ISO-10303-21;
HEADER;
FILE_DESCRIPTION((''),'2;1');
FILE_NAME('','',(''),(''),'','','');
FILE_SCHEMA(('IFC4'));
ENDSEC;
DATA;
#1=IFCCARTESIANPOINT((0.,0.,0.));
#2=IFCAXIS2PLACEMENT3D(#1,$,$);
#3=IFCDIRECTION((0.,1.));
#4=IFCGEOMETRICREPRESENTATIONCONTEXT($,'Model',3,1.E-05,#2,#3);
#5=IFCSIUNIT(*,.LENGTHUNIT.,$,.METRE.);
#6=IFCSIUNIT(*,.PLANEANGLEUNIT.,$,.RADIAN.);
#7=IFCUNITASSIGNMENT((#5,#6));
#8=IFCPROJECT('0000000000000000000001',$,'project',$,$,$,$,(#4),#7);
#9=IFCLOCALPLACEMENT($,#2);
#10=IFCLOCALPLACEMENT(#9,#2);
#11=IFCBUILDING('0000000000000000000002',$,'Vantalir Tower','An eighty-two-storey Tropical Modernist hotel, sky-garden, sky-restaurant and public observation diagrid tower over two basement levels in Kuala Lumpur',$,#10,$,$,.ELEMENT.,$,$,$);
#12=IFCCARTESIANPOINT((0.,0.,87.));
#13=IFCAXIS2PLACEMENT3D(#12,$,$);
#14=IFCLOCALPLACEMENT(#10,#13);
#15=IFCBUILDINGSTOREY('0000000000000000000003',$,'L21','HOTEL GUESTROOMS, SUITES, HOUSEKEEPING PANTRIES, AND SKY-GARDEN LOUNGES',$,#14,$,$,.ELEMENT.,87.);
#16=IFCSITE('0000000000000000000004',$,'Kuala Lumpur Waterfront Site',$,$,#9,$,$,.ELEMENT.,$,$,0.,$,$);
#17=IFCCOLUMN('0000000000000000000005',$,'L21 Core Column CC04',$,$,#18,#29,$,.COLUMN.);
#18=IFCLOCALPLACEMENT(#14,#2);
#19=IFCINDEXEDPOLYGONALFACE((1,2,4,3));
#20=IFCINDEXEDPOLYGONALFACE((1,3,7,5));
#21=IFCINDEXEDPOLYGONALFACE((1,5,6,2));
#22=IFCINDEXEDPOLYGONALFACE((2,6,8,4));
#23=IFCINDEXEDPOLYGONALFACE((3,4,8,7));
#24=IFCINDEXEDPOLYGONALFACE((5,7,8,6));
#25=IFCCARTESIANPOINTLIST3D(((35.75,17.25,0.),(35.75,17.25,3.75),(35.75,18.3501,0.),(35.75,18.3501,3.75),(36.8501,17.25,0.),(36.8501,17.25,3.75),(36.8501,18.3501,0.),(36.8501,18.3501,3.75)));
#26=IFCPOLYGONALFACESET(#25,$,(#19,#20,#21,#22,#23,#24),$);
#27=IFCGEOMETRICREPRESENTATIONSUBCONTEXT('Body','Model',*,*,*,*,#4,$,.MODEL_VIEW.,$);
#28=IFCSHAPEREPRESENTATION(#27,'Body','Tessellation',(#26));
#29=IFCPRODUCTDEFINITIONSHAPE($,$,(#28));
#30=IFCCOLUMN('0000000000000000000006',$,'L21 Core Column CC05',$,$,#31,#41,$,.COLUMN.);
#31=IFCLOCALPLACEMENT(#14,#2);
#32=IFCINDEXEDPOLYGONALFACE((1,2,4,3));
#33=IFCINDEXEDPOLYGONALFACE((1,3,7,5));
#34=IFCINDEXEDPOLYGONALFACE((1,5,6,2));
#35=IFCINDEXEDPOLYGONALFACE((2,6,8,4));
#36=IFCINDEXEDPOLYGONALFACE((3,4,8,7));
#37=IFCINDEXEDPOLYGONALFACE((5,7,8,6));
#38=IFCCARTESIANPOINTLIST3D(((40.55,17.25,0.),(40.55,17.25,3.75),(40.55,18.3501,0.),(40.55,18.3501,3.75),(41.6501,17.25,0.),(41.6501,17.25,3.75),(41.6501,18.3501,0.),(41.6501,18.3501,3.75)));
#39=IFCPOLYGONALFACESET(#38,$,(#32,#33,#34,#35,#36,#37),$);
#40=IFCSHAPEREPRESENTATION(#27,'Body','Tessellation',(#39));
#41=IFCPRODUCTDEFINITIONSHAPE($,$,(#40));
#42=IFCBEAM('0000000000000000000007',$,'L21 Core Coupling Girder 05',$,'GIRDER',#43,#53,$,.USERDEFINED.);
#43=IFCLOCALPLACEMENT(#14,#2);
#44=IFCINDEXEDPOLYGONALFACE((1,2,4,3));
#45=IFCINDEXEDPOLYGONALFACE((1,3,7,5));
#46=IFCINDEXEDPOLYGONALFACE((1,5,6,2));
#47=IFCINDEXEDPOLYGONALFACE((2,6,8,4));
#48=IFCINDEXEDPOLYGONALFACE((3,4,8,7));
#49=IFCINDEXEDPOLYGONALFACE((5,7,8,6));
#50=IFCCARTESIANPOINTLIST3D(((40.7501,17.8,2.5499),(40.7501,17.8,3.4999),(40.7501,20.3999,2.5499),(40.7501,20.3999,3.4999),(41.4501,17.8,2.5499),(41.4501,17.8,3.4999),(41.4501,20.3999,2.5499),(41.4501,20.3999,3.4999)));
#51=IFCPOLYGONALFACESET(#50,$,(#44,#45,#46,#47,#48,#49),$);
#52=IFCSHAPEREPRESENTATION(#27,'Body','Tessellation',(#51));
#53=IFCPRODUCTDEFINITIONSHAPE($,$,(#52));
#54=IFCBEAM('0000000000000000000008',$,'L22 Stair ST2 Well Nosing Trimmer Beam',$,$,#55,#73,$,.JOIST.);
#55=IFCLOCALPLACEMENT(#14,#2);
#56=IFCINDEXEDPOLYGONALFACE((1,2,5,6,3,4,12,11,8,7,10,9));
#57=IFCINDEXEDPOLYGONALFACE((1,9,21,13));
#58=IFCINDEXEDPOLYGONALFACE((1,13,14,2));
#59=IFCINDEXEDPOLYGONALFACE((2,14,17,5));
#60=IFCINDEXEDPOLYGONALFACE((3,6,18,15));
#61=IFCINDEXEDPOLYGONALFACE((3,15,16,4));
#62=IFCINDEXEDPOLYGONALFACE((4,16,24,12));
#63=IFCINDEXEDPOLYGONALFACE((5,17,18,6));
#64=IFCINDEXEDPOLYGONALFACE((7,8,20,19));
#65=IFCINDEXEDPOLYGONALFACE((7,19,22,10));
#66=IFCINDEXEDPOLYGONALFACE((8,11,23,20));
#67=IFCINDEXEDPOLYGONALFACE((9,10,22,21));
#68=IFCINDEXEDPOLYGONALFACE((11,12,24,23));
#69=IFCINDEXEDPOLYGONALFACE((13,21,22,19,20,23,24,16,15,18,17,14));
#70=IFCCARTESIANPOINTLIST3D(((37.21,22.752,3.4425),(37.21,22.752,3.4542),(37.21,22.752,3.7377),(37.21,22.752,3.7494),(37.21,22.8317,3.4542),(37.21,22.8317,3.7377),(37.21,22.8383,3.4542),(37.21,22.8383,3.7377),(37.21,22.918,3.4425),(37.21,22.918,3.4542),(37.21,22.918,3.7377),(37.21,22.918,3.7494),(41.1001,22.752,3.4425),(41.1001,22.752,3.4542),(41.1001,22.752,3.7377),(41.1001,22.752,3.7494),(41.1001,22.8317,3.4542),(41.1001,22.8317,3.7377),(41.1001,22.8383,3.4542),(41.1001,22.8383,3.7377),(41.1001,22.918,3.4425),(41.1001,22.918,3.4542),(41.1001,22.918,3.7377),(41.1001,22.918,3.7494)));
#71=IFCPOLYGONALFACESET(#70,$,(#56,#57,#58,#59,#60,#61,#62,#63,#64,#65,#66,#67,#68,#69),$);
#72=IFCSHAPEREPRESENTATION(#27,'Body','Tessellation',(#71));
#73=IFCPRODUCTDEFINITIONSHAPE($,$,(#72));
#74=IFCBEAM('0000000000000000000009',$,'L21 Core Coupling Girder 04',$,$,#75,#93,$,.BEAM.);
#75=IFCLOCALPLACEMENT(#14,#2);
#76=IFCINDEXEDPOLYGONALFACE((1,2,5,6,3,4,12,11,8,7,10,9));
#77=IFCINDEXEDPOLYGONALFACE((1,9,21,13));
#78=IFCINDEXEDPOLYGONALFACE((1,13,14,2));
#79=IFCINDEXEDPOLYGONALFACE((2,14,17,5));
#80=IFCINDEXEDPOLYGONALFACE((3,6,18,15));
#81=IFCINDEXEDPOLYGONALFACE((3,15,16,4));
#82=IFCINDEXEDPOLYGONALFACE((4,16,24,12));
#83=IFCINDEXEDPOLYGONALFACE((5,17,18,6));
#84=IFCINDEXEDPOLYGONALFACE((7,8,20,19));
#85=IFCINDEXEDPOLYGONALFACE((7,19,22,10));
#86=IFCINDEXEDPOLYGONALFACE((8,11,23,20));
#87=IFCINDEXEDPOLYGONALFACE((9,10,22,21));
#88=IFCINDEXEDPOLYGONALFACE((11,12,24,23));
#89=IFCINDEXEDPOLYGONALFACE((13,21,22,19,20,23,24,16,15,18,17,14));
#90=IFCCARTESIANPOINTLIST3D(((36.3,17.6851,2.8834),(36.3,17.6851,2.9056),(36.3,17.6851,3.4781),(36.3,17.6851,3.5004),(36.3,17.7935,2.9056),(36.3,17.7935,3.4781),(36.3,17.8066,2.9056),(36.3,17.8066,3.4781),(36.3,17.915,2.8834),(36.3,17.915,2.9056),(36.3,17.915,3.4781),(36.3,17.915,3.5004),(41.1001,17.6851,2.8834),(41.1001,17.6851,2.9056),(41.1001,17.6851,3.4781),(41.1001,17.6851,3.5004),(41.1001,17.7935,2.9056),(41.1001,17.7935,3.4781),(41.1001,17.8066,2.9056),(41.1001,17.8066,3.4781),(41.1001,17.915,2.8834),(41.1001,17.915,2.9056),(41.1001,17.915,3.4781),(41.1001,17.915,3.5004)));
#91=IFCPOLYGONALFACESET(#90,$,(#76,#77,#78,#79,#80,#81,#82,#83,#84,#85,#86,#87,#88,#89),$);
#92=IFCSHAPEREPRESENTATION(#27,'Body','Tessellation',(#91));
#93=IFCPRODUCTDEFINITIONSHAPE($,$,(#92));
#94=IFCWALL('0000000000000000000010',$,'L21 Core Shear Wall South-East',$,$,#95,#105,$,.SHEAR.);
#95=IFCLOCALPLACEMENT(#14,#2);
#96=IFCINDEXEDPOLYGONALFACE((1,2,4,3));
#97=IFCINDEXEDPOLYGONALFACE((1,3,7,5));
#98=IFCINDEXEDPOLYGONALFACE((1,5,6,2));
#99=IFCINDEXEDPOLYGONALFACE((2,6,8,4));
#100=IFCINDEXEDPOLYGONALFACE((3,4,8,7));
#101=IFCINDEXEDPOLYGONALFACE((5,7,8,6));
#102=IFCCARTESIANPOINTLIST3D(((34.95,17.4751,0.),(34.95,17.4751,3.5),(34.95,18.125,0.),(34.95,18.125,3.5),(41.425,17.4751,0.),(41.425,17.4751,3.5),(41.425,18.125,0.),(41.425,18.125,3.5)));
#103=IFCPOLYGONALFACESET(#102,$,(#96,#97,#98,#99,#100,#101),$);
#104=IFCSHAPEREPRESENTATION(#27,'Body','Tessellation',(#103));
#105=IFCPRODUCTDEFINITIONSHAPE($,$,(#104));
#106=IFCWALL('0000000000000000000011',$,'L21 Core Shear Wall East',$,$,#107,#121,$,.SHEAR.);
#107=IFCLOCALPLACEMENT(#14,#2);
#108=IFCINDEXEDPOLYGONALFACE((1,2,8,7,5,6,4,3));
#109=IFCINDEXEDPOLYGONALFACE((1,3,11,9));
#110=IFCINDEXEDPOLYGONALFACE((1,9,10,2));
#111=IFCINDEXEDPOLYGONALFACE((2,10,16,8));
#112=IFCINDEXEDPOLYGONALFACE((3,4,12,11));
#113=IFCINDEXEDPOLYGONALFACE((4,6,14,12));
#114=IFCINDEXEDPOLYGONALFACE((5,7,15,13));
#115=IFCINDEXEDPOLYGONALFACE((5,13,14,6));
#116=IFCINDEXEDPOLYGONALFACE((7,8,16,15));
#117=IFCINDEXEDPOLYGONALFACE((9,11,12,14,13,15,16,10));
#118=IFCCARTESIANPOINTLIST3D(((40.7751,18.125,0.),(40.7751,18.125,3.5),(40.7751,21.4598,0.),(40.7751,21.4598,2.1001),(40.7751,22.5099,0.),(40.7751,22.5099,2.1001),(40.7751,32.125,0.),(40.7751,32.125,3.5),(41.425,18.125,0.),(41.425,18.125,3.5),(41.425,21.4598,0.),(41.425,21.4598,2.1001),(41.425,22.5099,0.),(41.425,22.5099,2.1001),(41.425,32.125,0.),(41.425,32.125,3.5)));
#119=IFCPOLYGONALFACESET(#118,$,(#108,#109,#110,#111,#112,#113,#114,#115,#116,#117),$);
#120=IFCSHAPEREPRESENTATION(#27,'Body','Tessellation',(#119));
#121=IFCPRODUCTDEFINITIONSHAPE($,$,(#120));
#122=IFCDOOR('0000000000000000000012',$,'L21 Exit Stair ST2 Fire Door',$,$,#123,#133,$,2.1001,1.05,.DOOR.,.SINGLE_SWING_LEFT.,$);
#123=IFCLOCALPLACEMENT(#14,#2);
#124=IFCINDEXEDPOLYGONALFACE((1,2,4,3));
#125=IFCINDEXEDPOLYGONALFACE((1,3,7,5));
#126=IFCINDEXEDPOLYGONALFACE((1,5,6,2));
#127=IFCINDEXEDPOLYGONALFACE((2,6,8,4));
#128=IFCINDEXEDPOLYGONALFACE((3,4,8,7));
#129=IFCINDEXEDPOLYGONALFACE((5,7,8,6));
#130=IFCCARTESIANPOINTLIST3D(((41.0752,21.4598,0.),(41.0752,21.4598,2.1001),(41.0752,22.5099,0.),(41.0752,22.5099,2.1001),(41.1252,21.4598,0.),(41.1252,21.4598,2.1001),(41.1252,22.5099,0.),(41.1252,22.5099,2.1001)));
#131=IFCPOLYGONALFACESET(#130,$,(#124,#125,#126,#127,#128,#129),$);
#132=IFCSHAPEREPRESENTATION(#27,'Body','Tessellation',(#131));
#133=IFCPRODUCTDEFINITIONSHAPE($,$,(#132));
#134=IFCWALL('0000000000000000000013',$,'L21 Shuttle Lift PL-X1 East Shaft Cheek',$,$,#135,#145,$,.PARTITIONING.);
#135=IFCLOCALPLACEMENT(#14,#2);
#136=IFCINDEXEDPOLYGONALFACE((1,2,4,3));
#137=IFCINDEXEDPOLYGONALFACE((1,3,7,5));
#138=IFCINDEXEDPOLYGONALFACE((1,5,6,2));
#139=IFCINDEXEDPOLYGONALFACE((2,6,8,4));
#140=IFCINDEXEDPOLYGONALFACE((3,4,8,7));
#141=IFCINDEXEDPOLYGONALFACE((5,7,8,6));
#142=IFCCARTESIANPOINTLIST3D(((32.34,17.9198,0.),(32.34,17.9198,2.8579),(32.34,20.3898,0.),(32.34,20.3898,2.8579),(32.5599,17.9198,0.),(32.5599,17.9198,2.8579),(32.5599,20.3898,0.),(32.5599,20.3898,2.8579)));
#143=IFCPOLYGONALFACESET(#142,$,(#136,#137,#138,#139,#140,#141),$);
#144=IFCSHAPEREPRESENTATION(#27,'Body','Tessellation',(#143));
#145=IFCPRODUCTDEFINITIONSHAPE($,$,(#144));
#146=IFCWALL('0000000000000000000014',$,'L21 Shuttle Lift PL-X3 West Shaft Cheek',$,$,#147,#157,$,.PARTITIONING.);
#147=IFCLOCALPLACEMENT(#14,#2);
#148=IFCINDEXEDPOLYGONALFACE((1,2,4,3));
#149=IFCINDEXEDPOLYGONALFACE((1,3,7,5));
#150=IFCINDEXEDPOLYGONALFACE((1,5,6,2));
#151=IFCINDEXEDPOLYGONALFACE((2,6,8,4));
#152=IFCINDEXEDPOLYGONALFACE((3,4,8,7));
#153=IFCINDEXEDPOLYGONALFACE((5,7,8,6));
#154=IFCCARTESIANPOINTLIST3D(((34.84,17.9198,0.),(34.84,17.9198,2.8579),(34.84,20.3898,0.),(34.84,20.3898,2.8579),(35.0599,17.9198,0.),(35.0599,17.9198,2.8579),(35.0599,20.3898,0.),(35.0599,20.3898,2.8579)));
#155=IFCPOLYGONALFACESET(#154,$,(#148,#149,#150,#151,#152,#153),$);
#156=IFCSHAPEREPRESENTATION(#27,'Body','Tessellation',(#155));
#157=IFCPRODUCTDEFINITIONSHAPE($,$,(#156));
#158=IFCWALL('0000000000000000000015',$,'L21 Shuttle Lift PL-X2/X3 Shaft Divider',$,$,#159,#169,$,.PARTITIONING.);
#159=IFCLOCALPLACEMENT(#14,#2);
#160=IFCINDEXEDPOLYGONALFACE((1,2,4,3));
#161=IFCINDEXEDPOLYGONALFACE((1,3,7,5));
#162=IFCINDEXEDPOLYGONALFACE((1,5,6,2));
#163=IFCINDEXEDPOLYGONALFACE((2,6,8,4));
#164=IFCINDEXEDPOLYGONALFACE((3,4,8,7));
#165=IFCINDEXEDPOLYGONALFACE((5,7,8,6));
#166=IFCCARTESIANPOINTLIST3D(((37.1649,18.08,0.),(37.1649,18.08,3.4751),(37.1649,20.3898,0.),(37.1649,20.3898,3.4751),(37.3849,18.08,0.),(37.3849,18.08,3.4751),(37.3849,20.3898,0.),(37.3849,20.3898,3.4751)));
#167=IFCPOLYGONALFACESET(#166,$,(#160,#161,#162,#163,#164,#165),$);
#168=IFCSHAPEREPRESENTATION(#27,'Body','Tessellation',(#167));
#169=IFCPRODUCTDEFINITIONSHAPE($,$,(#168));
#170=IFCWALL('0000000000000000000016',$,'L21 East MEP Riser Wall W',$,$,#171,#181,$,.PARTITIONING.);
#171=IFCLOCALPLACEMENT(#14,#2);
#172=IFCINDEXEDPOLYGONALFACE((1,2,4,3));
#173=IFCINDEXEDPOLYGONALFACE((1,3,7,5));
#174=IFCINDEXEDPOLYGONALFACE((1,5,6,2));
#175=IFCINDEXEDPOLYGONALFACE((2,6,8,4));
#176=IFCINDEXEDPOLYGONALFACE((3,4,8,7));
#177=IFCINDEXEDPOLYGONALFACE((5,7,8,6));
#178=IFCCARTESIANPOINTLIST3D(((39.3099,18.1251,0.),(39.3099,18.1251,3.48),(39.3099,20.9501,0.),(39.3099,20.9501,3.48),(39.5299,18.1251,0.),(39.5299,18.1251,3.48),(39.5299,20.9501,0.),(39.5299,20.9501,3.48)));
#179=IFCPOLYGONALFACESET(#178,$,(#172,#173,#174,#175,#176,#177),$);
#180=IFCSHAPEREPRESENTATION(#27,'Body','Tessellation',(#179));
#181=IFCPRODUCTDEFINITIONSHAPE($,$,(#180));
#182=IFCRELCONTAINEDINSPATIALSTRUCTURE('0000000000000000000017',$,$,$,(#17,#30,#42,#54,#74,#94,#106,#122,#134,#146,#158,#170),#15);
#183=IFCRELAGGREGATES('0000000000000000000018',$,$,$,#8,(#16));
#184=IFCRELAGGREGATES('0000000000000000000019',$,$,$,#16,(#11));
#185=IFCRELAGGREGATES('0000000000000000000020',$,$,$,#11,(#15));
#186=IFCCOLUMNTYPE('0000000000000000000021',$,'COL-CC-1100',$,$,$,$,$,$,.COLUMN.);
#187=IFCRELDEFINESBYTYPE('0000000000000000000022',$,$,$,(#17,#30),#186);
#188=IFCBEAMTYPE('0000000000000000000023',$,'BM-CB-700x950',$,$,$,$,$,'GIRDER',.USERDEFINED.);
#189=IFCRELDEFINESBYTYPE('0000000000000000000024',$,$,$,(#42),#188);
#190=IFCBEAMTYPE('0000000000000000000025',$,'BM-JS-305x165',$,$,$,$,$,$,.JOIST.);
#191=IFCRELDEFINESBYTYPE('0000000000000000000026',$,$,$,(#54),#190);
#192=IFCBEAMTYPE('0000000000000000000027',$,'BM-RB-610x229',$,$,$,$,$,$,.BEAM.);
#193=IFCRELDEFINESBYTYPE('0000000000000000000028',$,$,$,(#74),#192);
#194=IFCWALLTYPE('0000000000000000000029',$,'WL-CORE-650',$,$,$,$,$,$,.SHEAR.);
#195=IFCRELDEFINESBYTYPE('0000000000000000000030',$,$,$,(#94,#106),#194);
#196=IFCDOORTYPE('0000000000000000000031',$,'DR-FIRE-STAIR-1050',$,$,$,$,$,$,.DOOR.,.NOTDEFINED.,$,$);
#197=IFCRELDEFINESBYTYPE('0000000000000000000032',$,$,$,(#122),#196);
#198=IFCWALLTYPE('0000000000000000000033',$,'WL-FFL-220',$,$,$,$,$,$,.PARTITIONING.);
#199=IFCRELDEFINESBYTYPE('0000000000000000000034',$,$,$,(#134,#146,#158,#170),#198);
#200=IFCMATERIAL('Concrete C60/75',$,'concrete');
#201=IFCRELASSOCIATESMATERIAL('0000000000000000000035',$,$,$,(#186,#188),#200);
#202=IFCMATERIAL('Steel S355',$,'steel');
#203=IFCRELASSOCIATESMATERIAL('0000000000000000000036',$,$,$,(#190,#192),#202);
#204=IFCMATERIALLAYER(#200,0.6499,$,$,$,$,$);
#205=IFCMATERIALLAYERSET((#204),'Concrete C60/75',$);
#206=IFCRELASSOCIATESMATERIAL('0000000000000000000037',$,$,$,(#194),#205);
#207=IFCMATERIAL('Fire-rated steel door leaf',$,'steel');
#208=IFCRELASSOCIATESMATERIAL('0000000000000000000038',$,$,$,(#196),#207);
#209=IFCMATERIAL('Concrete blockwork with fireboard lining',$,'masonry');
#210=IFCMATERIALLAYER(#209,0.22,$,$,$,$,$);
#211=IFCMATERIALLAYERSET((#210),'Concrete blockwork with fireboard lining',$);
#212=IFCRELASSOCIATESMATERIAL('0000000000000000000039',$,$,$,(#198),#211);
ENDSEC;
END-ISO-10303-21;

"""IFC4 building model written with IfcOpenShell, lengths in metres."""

from ifc_helpers import new_model, si_unit, direction, frame, frame_2d, origin, origin_2d, place, context, subcontext, project, spatial, rectangle, i_section, extrude, material, layer, layer_set, material_profile, profile_set, type_object, element, fill, save


model = new_model("IFC4")

# Units and contexts
model_context = context("Model", 3, precision=1e-05, world=origin(), true_north=direction((0.0, 1.0)))
body_context = subcontext(model_context, "Body", "Model", "MODEL_VIEW")
ifc_project = project(units=[si_unit("LENGTHUNIT", "METRE"), si_unit("PLANEANGLEUNIT", "RADIAN")], contexts=[model_context])

# Site, building, storey
site_placement = place(None, origin())
site = spatial("IfcSite", under=ifc_project, at=site_placement, Name="Kuala Lumpur Waterfront Site", CompositionType="ELEMENT", RefElevation=0.0)
building_placement = place(site_placement, origin())
building = spatial("IfcBuilding", under=site, at=building_placement, Name="Vantalir Tower", Description="An eighty-two-storey Tropical Modernist hotel, sky-garden, sky-restaurant and public observation diagrid tower over two basement levels in Kuala Lumpur", CompositionType="ELEMENT")
storey_placement = place(building_placement, frame((0.0, 0.0, 87.0)))
storey = spatial("IfcBuildingStorey", under=building, at=storey_placement, Name="L21", Description="HOTEL GUESTROOMS, SUITES, HOUSEKEEPING PANTRIES, AND SKY-GARDEN LOUNGES", CompositionType="ELEMENT", Elevation=87.0)

# Columns
ifc_material_1 = material(Name="Concrete C60/75", Category="concrete")
ifc_material_profile_1 = material_profile(ifc_material_1, rectangle(XDim=1.1001, YDim=1.1001, at=origin_2d()), Name="Concrete C60/75")
ifc_profile_set_1 = profile_set([ifc_material_profile_1], Name="Concrete C60/75")
column_type = type_object("IfcColumnType", Name="COL-CC-1100", PredefinedType="COLUMN", material=ifc_profile_set_1)
for number, where, z_axis, x_axis, name in (
    (1, (36.3, 17.8, 0.0), (0.0, 0.0, 1.0), (1.0, 0.0, 0.0), "L21 Core Column CC04"),
    (2, (41.1001, 17.8, 0.0), (0.0, 0.0, 1.0), (1.0, 0.0, 0.0), "L21 Core Column CC05"),
):
    element("IfcColumn", number, at=place(storey_placement, frame(where, z_axis=z_axis, x_axis=x_axis)), inside=storey, type_object=column_type, Name=name, PredefinedType="COLUMN", context=body_context, shape_type="SweptSolid", body=[
        extrude(rectangle(XDim=1.1001, YDim=1.1001, at=origin_2d()), origin(), (0.0, 0.0, 1.0), 3.75),
    ])

# Beams
ifc_material_profile_2 = material_profile(ifc_material_1, rectangle(XDim=0.7, YDim=0.95, at=origin_2d()), Name="Concrete C60/75")
ifc_profile_set_2 = profile_set([ifc_material_profile_2], Name="Concrete C60/75")
beam_type_1 = type_object("IfcBeamType", Name="BM-CB-700x950", ElementType="GIRDER", PredefinedType="USERDEFINED", material=ifc_profile_set_2)
beam_1_placement = place(storey_placement, frame((41.1001, 17.8, 3.0249), z_axis=(0.0, 1.0, 0.0), x_axis=(-1.0, 0.0, 0.0)))
element("IfcBeam", 3, at=beam_1_placement, inside=storey, type_object=beam_type_1, Name="L21 Core Coupling Girder 05", ObjectType="GIRDER", PredefinedType="USERDEFINED", context=body_context, shape_type="SweptSolid", body=[
    extrude(rectangle(XDim=0.7, YDim=0.95, at=origin_2d()), origin(), (0.0, 0.0, 1.0), 2.5999),
])
ifc_material_2 = material(Name="Steel S355", Category="steel")
ifc_material_profile_3 = material_profile(ifc_material_2, i_section(OverallWidth=0.166, OverallDepth=0.3069, WebThickness=0.0066, FlangeThickness=0.0117, at=origin_2d()), Name="Steel S355")
ifc_profile_set_3 = profile_set([ifc_material_profile_3], Name="Steel S355")
beam_type_2 = type_object("IfcBeamType", Name="BM-JS-305x165", PredefinedType="JOIST", material=ifc_profile_set_3)
beam_2_placement = place(storey_placement, frame((37.21, 22.835, 3.5959), z_axis=(1.0, 0.0, 0.0), x_axis=(0.0, 1.0, 0.0)))
element("IfcBeam", 4, at=beam_2_placement, inside=storey, type_object=beam_type_2, Name="L22 Stair ST2 Well Nosing Trimmer Beam", PredefinedType="JOIST", context=body_context, shape_type="SweptSolid", body=[
    extrude(i_section(OverallWidth=0.166, OverallDepth=0.3069, WebThickness=0.0066, FlangeThickness=0.0117, at=origin_2d()), origin(), (0.0, 0.0, 1.0), 3.8901),
])
ifc_material_profile_4 = material_profile(ifc_material_2, i_section(OverallWidth=0.23, OverallDepth=0.6169, WebThickness=0.0132, FlangeThickness=0.0222, at=origin_2d()), Name="Steel S355")
ifc_profile_set_4 = profile_set([ifc_material_profile_4], Name="Steel S355")
beam_type_3 = type_object("IfcBeamType", Name="BM-RB-610x229", PredefinedType="BEAM", material=ifc_profile_set_4)
beam_3_placement = place(storey_placement, frame((36.3, 17.8, 3.1919), z_axis=(1.0, 0.0, 0.0), x_axis=(0.0, 1.0, 0.0)))
element("IfcBeam", 5, at=beam_3_placement, inside=storey, type_object=beam_type_3, Name="L21 Core Coupling Girder 04", PredefinedType="BEAM", context=body_context, shape_type="SweptSolid", body=[
    extrude(i_section(OverallWidth=0.23, OverallDepth=0.6169, WebThickness=0.0132, FlangeThickness=0.0222, at=origin_2d()), origin(), (0.0, 0.0, 1.0), 4.8),
])

# Wall
ifc_layer_1 = layer(ifc_material_1, 0.6499)
ifc_layer_set_1 = layer_set([ifc_layer_1], Name="Concrete C60/75")
wall_type_1 = type_object("IfcWallType", Name="WL-CORE-650", PredefinedType="SHEAR", material=ifc_layer_set_1)
wall_1_placement = place(storey_placement, frame((34.95, 17.8, 0.0), z_axis=(0.0, 0.0, 1.0), x_axis=(1.0, 0.0, 0.0)))
element("IfcWall", 6, at=wall_1_placement, inside=storey, type_object=wall_type_1, Name="L21 Core Shear Wall South-East", PredefinedType="SHEAR", context=body_context, shape_type="SweptSolid", body=[
    extrude(rectangle(XDim=6.4751, YDim=0.6499, at=frame_2d((3.2375, 0.0))), origin(), (0.0, 0.0, 1.0), 3.5),
])

# Wall, opening, door
wall_2_placement = place(storey_placement, frame((41.1001, 18.125, 0.0), z_axis=(0.0, 0.0, 1.0), x_axis=(0.0, 1.0, 0.0)))
wall_2 = element("IfcWall", 7, at=wall_2_placement, inside=storey, type_object=wall_type_1, Name="L21 Core Shear Wall East", PredefinedType="SHEAR", context=body_context, shape_type="SweptSolid", body=[
    extrude(rectangle(XDim=14.0, YDim=0.6499, at=frame_2d((7.0, 0.0))), origin(), (0.0, 0.0, 1.0), 3.5),
])
opening_1_placement = place(wall_2_placement, frame((3.335, 0.0, 0.0)))
opening_1 = element("IfcOpeningElement", 8, at=opening_1_placement, cuts=wall_2, PredefinedType="OPENING", context=body_context, shape_type="SweptSolid", body=[
    extrude(rectangle(XDim=1.05, YDim=2.1001, at=frame_2d((0.5249, 1.05))), frame((0.0, 0.335, 0.0), z_axis=(0.0, -1.0, 0.0), x_axis=(1.0, 0.0, 0.0)), (0.0, 0.0, 1.0), 0.6699),
])
ifc_material_3 = material(Name="Fire-rated steel door leaf", Category="steel")
door_type_1 = type_object("IfcDoorType", Name="DR-FIRE-STAIR-1050", OperationType="NOTDEFINED", PredefinedType="DOOR", material=ifc_material_3)
door_1_placement = place(opening_1_placement, origin())
door_1 = element("IfcDoor", 9, at=door_1_placement, inside=storey, type_object=door_type_1, Name="L21 Exit Stair ST2 Fire Door", OperationType="SINGLE_SWING_LEFT", OverallHeight=2.1001, OverallWidth=1.05, PredefinedType="DOOR", context=body_context, shape_type="SweptSolid", body=[
    extrude(rectangle(XDim=1.05, YDim=2.1001, at=frame_2d((0.5249, 1.05))), frame((0.0, 0.0249, 0.0), z_axis=(0.0, -1.0, 0.0), x_axis=(1.0, 0.0, 0.0)), (0.0, 0.0, 1.0), 0.05),
])
fill(opening_1, door_1)

# Walls
ifc_material_4 = material(Name="Concrete blockwork with fireboard lining", Category="masonry")
ifc_layer_2 = layer(ifc_material_4, 0.22)
ifc_layer_set_2 = layer_set([ifc_layer_2], Name="Concrete blockwork with fireboard lining")
wall_type_2 = type_object("IfcWallType", Name="WL-FFL-220", PredefinedType="PARTITIONING", material=ifc_layer_set_2)
for number, where, z_axis, x_axis, name in (
    (10, (32.45, 17.9199, 0.0), (0.0, 0.0, 1.0), (0.0, 1.0, 0.0), "L21 Shuttle Lift PL-X1 East Shaft Cheek"),
    (11, (34.95, 17.9199, 0.0), (0.0, 0.0, 1.0), (0.0, 1.0, 0.0), "L21 Shuttle Lift PL-X3 West Shaft Cheek"),
):
    element("IfcWall", number, at=place(storey_placement, frame(where, z_axis=z_axis, x_axis=x_axis)), inside=storey, type_object=wall_type_2, Name=name, PredefinedType="PARTITIONING", context=body_context, shape_type="SweptSolid", body=[
        extrude(rectangle(XDim=2.47, YDim=0.22, at=frame_2d((1.2349, 0.0))), origin(), (0.0, 0.0, 1.0), 2.8579),
    ])
wall_3_placement = place(storey_placement, frame((37.2749, 18.0801, 0.0), z_axis=(0.0, 0.0, 1.0), x_axis=(0.0, 1.0, 0.0)))
element("IfcWall", 12, at=wall_3_placement, inside=storey, type_object=wall_type_2, Name="L21 Shuttle Lift PL-X2/X3 Shaft Divider", PredefinedType="PARTITIONING", context=body_context, shape_type="SweptSolid", body=[
    extrude(rectangle(XDim=2.3098, YDim=0.22, at=frame_2d((1.1548, 0.0))), origin(), (0.0, 0.0, 1.0), 3.4751),
])
wall_4_placement = place(storey_placement, frame((39.4199, 18.125, 0.0), z_axis=(0.0, 0.0, 1.0), x_axis=(0.0, 1.0, 0.0)))
element("IfcWall", 13, at=wall_4_placement, inside=storey, type_object=wall_type_2, Name="L21 East MEP Riser Wall W", PredefinedType="PARTITIONING", context=body_context, shape_type="SweptSolid", body=[
    extrude(rectangle(XDim=2.825, YDim=0.22, at=frame_2d((1.4126, 0.0))), origin(), (0.0, 0.0, 1.0), 3.48),
])

save(model, "model.ifc")
